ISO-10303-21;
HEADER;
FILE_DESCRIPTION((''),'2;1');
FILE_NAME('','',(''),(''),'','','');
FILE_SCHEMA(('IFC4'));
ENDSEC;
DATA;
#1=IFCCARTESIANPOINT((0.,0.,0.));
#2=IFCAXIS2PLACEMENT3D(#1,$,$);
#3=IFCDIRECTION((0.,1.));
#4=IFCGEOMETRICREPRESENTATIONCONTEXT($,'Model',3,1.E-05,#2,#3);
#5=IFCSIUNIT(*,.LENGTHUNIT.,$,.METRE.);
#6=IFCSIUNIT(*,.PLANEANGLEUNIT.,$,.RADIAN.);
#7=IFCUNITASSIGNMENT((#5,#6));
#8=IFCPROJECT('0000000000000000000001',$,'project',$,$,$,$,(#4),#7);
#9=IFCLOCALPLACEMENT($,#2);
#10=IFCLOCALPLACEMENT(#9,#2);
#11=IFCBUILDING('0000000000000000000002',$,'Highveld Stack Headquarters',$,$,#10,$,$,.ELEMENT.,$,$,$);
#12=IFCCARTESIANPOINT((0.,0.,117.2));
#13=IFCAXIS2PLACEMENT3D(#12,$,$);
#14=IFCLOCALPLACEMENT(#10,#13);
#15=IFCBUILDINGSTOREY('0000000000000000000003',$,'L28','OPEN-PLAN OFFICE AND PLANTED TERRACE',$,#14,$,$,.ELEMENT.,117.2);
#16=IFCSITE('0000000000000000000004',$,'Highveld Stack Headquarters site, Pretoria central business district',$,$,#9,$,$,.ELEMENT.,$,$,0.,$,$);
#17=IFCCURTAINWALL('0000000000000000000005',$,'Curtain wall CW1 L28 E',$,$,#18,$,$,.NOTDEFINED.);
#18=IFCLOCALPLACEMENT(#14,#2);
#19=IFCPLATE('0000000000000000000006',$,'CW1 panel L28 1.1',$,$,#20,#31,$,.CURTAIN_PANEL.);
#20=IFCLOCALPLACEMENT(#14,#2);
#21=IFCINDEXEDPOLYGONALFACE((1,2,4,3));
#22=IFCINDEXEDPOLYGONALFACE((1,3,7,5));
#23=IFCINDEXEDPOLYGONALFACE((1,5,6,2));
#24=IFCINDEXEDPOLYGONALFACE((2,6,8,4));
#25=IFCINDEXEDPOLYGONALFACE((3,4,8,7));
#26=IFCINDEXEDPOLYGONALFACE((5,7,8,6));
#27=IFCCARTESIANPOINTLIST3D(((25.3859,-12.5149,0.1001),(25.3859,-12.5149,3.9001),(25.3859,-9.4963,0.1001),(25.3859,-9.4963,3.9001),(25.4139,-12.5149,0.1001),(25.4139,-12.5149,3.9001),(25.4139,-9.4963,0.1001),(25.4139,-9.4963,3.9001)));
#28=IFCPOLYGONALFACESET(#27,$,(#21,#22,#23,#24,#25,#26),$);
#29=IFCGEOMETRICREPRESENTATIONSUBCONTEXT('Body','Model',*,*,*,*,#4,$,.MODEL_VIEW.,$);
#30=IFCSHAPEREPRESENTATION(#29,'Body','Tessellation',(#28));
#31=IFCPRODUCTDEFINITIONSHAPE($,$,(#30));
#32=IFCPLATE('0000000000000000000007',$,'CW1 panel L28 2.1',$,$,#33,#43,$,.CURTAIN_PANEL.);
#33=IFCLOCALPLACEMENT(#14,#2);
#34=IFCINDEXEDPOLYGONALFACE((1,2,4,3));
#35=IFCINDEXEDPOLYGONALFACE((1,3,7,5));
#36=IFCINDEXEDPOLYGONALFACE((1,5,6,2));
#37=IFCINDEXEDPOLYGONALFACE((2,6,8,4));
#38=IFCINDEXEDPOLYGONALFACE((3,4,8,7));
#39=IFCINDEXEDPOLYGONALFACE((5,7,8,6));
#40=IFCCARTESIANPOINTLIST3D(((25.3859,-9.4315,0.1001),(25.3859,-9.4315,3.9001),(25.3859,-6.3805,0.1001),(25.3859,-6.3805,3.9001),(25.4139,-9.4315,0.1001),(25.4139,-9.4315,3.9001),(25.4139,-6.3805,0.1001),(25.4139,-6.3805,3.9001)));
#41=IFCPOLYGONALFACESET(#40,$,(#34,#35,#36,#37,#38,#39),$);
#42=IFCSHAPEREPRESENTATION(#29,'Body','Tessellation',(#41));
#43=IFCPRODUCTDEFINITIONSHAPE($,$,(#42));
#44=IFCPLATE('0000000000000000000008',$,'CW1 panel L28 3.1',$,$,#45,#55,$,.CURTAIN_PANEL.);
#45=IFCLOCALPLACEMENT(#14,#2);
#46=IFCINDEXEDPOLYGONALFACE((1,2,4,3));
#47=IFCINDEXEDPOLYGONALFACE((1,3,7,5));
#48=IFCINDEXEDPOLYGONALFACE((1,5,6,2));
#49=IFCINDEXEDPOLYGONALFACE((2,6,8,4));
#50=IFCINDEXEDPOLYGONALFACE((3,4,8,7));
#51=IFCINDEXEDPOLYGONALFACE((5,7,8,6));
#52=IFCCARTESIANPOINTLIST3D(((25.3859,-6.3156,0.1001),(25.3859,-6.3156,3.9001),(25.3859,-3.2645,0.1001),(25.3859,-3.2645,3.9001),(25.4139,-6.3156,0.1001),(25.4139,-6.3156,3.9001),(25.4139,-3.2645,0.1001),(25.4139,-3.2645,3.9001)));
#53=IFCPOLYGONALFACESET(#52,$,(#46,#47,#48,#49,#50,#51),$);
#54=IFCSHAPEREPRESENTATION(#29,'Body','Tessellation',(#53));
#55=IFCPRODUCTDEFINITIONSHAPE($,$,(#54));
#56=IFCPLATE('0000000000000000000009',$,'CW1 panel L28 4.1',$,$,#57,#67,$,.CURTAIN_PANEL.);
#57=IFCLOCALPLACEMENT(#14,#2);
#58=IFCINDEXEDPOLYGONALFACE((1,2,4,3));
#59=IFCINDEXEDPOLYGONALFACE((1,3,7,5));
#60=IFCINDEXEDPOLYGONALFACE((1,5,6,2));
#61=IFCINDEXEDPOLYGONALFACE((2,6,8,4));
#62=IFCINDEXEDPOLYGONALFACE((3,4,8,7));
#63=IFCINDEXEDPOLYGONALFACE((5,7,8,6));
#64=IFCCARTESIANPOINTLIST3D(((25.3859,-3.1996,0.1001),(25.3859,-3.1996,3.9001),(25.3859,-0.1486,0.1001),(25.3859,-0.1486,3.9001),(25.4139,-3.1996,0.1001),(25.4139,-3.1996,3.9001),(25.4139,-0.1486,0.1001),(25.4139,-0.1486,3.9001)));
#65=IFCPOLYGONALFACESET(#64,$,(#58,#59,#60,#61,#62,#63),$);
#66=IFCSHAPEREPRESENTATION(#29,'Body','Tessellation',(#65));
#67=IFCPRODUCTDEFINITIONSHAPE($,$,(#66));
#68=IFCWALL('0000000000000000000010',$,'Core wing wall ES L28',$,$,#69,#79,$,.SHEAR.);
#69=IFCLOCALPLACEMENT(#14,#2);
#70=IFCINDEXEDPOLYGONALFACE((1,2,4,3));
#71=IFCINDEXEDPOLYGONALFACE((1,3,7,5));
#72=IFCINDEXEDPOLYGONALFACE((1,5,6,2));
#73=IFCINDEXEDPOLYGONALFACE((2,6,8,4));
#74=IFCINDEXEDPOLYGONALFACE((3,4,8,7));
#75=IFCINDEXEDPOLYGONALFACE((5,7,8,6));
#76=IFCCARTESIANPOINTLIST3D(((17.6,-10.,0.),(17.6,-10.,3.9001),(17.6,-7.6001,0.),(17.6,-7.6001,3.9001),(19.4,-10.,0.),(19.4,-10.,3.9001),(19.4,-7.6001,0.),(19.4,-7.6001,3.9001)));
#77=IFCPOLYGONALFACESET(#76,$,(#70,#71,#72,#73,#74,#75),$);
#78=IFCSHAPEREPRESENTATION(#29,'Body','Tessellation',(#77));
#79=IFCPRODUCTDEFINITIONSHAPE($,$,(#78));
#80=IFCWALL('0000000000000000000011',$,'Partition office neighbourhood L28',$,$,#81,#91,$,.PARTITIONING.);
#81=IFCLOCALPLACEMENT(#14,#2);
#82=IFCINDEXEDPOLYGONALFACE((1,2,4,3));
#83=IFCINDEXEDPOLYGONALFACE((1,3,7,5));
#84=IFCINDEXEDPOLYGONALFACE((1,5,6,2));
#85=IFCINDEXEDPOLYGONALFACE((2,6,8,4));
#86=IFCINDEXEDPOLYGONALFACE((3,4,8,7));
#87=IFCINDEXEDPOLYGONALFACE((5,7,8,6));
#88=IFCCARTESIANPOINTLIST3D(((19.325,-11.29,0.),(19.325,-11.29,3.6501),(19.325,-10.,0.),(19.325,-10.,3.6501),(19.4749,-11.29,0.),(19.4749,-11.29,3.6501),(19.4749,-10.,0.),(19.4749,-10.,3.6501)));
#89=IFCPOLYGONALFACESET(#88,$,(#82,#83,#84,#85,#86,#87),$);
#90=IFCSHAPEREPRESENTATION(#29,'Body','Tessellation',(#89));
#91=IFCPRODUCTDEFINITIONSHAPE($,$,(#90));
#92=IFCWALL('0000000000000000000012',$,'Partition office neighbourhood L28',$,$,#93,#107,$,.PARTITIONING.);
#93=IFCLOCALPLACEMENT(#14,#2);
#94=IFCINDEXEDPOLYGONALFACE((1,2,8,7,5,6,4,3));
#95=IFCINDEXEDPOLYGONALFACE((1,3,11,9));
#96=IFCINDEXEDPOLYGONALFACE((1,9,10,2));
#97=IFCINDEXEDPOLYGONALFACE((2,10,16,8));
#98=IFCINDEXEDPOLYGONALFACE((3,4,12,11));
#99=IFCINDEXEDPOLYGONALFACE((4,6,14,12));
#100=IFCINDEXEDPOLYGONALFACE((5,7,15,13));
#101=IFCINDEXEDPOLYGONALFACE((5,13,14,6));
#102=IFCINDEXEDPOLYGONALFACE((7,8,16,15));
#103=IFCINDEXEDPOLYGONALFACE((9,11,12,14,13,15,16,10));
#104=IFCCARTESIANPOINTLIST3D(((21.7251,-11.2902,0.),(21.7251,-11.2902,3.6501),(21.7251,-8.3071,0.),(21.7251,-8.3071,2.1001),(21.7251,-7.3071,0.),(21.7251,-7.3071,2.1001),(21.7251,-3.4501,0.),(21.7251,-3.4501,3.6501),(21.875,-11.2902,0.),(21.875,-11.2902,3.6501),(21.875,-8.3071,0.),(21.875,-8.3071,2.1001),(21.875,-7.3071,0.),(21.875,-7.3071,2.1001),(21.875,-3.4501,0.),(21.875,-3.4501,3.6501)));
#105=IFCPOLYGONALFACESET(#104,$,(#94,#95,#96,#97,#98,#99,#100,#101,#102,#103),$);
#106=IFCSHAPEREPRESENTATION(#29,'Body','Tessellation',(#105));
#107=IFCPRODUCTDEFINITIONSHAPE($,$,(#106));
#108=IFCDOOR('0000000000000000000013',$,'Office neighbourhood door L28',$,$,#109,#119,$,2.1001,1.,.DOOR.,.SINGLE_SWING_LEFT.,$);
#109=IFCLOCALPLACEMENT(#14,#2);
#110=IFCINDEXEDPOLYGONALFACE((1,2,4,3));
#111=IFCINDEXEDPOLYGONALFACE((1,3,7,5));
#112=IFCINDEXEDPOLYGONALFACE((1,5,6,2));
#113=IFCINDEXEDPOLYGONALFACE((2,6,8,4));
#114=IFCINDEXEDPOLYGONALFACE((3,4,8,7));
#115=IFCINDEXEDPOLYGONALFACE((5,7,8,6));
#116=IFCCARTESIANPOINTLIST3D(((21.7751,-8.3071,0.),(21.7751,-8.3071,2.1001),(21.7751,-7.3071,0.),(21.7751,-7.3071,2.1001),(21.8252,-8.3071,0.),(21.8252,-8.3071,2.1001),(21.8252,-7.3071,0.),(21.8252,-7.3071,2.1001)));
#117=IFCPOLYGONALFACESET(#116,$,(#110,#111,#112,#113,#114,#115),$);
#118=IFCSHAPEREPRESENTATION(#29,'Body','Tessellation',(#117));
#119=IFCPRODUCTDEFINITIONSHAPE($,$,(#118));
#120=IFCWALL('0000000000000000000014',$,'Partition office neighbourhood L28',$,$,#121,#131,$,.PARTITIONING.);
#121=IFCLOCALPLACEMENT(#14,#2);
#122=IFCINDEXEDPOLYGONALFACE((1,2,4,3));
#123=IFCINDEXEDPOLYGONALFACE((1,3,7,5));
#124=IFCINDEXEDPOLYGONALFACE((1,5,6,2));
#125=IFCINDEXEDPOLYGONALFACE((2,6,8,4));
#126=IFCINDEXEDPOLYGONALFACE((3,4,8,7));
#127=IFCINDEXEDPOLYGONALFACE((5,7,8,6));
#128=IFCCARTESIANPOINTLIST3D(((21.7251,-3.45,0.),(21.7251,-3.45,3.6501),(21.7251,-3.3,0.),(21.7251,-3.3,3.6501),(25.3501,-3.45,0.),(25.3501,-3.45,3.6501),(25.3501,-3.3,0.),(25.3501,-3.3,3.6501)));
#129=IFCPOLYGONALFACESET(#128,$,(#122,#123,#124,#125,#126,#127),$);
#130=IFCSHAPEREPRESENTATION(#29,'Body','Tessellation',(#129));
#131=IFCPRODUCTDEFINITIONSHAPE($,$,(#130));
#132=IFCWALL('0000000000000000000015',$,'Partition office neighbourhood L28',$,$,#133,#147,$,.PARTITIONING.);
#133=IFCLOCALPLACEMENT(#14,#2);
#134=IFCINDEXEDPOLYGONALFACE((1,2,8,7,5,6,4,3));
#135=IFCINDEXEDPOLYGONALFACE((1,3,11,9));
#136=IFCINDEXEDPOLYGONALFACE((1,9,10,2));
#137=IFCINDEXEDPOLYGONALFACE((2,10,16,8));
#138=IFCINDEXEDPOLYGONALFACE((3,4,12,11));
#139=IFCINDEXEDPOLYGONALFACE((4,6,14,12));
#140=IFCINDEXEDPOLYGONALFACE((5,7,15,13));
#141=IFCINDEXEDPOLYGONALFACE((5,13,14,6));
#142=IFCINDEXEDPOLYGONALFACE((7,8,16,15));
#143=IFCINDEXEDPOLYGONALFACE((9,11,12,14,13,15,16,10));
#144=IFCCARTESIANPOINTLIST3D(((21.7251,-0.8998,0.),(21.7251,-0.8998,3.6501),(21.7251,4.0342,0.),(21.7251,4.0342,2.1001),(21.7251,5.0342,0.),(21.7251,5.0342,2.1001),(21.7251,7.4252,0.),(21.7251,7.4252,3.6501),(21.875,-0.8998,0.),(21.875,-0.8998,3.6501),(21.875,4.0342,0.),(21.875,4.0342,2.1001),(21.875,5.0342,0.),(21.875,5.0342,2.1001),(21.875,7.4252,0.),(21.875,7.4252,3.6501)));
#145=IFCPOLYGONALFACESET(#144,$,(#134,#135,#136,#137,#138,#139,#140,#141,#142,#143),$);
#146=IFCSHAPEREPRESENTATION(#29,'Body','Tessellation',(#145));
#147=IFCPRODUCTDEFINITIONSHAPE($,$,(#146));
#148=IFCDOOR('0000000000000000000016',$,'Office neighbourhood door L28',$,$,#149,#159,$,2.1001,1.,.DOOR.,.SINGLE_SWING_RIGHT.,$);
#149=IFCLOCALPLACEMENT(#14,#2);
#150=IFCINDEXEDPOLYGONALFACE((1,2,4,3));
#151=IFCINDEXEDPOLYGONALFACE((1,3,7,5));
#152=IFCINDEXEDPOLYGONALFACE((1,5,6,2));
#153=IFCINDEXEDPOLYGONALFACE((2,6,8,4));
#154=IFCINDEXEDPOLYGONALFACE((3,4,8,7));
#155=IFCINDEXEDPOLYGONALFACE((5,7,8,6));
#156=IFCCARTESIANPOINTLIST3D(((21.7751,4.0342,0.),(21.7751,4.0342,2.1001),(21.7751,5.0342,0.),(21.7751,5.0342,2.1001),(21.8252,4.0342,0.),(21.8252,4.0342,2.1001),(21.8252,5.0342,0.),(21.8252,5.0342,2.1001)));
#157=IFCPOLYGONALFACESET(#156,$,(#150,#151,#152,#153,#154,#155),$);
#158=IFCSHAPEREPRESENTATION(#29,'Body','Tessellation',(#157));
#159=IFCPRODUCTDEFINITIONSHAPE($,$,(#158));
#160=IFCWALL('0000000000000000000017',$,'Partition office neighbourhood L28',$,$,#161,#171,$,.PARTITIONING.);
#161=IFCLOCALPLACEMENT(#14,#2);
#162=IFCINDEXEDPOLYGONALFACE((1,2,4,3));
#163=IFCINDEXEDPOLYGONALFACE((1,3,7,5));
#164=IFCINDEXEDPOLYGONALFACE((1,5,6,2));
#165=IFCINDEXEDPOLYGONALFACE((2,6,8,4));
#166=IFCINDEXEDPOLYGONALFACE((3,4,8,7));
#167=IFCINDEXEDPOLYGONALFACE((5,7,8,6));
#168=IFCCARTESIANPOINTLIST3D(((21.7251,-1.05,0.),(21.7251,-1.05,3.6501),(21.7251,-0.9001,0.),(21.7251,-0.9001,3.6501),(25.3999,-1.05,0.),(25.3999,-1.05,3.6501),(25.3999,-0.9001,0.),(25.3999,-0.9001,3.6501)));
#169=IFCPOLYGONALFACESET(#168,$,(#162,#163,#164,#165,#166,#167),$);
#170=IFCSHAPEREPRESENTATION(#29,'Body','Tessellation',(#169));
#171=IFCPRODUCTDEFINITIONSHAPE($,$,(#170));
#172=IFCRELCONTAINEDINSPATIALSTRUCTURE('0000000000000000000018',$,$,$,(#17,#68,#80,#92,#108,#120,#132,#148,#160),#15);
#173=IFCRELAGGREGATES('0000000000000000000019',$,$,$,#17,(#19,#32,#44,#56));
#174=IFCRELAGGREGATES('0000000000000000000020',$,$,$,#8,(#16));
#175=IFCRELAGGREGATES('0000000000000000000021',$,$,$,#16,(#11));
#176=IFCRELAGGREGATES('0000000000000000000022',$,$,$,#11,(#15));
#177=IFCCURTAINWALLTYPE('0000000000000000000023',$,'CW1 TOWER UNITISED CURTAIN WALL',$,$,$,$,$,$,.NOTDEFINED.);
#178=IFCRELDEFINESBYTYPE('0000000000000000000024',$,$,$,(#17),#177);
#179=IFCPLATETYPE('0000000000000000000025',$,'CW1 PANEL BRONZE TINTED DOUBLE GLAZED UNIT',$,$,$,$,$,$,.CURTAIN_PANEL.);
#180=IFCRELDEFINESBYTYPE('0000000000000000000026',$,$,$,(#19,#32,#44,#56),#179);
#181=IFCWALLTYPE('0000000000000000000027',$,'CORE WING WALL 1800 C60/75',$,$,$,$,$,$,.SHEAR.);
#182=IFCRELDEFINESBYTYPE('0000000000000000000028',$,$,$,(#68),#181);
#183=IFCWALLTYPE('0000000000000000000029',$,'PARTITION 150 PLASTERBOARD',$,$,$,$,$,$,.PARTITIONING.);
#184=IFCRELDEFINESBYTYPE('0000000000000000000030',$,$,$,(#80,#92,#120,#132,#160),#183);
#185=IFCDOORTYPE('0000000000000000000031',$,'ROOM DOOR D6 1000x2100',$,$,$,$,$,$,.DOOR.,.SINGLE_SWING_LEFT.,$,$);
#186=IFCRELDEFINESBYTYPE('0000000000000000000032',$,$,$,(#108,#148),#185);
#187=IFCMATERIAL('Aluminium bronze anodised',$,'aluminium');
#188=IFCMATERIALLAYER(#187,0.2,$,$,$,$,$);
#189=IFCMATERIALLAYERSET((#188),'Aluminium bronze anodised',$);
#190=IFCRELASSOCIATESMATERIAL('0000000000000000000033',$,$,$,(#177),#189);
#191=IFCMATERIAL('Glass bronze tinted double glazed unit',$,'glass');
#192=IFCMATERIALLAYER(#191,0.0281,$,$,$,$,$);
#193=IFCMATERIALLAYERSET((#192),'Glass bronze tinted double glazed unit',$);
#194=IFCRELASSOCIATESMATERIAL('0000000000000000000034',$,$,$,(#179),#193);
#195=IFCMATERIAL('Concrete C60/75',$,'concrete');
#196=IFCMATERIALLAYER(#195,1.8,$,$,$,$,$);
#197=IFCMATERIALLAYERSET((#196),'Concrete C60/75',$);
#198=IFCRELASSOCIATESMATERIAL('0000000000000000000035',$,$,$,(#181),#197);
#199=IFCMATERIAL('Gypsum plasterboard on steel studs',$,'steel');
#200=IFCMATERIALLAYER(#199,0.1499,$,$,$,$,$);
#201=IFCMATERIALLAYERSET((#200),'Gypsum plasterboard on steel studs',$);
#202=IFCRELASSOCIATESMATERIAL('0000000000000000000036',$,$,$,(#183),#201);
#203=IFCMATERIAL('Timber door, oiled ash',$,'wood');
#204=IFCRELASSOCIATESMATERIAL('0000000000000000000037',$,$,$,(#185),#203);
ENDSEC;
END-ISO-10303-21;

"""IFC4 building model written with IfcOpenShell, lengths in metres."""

from ifc_helpers import new_model, si_unit, direction, frame, frame_2d, origin, origin_2d, place, context, subcontext, project, spatial, rectangle, extrude, material, layer, layer_set, type_object, element, fill, aggregate, save


model = new_model("IFC4")

# Units and contexts
model_context = context("Model", 3, precision=1e-05, world=origin(), true_north=direction((0.0, 1.0)))
body_context = subcontext(model_context, "Body", "Model", "MODEL_VIEW")
ifc_project = project(units=[si_unit("LENGTHUNIT", "METRE"), si_unit("PLANEANGLEUNIT", "RADIAN")], contexts=[model_context])

# Site, building, storey
site_placement = place(None, origin())
site = spatial("IfcSite", under=ifc_project, at=site_placement, Name="Highveld Stack Headquarters site, Pretoria central business district", CompositionType="ELEMENT", RefElevation=0.0)
building_placement = place(site_placement, origin())
building = spatial("IfcBuilding", under=site, at=building_placement, Name="Highveld Stack Headquarters", CompositionType="ELEMENT")
storey_placement = place(building_placement, frame((0.0, 0.0, 117.2)))
storey = spatial("IfcBuildingStorey", under=building, at=storey_placement, Name="L28", Description="OPEN-PLAN OFFICE AND PLANTED TERRACE", CompositionType="ELEMENT", Elevation=117.2)

# Curtain wall
ifc_material_1 = material(Name="Aluminium bronze anodised", Category="aluminium")
ifc_layer_1 = layer(ifc_material_1, 0.2)
ifc_layer_set_1 = layer_set([ifc_layer_1], Name="Aluminium bronze anodised")
curtain_wall_type = type_object("IfcCurtainWallType", Name="CW1 TOWER UNITISED CURTAIN WALL", PredefinedType="NOTDEFINED", material=ifc_layer_set_1)
curtain_wall_placement = place(storey_placement, origin())
curtain_wall = element("IfcCurtainWall", 1, at=curtain_wall_placement, inside=storey, type_object=curtain_wall_type, Name="Curtain wall CW1 L28 E", PredefinedType="NOTDEFINED")

# Plates
ifc_material_2 = material(Name="Glass bronze tinted double glazed unit", Category="glass")
ifc_layer_2 = layer(ifc_material_2, 0.0281)
ifc_layer_set_2 = layer_set([ifc_layer_2], Name="Glass bronze tinted double glazed unit")
plate_type = type_object("IfcPlateType", Name="CW1 PANEL BRONZE TINTED DOUBLE GLAZED UNIT", PredefinedType="CURTAIN_PANEL", material=ifc_layer_set_2)
plate_1_placement = place(storey_placement, frame((25.3999, -11.0056, 0.1001), z_axis=(0.0, 0.0, 1.0), x_axis=(0.0, 1.0, 0.0)))
plate_1 = element("IfcPlate", 2, at=plate_1_placement, type_object=plate_type, Name="CW1 panel L28 1.1", PredefinedType="CURTAIN_PANEL", context=body_context, shape_type="SweptSolid", body=[
    extrude(rectangle(XDim=3.0186, YDim=0.0281, at=origin_2d()), origin(), (0.0, 0.0, 1.0), 3.8),
])
plate_2_placement = place(storey_placement, frame((25.3999, -7.906, 0.1001), z_axis=(0.0, 0.0, 1.0), x_axis=(0.0, 1.0, 0.0)))
plate_2 = element("IfcPlate", 3, at=plate_2_placement, type_object=plate_type, Name="CW1 panel L28 2.1", PredefinedType="CURTAIN_PANEL", context=body_context, shape_type="SweptSolid", body=[
    extrude(rectangle(XDim=3.051, YDim=0.0281, at=origin_2d()), origin(), (0.0, 0.0, 1.0), 3.8),
])
plate_3_placement = place(storey_placement, frame((25.3999, -4.79, 0.1001), z_axis=(0.0, 0.0, 1.0), x_axis=(0.0, 1.0, 0.0)))
plate_3 = element("IfcPlate", 4, at=plate_3_placement, type_object=plate_type, Name="CW1 panel L28 3.1", PredefinedType="CURTAIN_PANEL", context=body_context, shape_type="SweptSolid", body=[
    extrude(rectangle(XDim=3.051, YDim=0.0281, at=origin_2d()), origin(), (0.0, 0.0, 1.0), 3.8),
])
plate_4_placement = place(storey_placement, frame((25.3999, -1.6741, 0.1001), z_axis=(0.0, 0.0, 1.0), x_axis=(0.0, 1.0, 0.0)))
plate_4 = element("IfcPlate", 5, at=plate_4_placement, type_object=plate_type, Name="CW1 panel L28 4.1", PredefinedType="CURTAIN_PANEL", context=body_context, shape_type="SweptSolid", body=[
    extrude(rectangle(XDim=3.051, YDim=0.0281, at=origin_2d()), origin(), (0.0, 0.0, 1.0), 3.8),
])
aggregate(curtain_wall, [plate_1, plate_2, plate_3, plate_4])

# Walls
ifc_material_3 = material(Name="Concrete C60/75", Category="concrete")
ifc_layer_3 = layer(ifc_material_3, 1.8)
ifc_layer_set_3 = layer_set([ifc_layer_3], Name="Concrete C60/75")
wall_type_1 = type_object("IfcWallType", Name="CORE WING WALL 1800 C60/75", PredefinedType="SHEAR", material=ifc_layer_set_3)
wall_1_placement = place(storey_placement, frame((18.5, -10.0, 0.0), z_axis=(0.0, 0.0, 1.0), x_axis=(0.0, 1.0, 0.0)))
element("IfcWall", 6, at=wall_1_placement, inside=storey, type_object=wall_type_1, Name="Core wing wall ES L28", PredefinedType="SHEAR", context=body_context, shape_type="SweptSolid", body=[
    extrude(rectangle(XDim=2.3999, YDim=1.8, at=frame_2d((1.2, 0.0))), origin(), (0.0, 0.0, 1.0), 3.9001),
])
ifc_material_4 = material(Name="Gypsum plasterboard on steel studs", Category="steel")
ifc_layer_4 = layer(ifc_material_4, 0.1499)
ifc_layer_set_4 = layer_set([ifc_layer_4], Name="Gypsum plasterboard on steel studs")
wall_type_2 = type_object("IfcWallType", Name="PARTITION 150 PLASTERBOARD", PredefinedType="PARTITIONING", material=ifc_layer_set_4)
wall_2_placement = place(storey_placement, frame((19.3999, -11.29, 0.0), z_axis=(0.0, 0.0, 1.0), x_axis=(0.0, 1.0, 0.0)))
element("IfcWall", 7, at=wall_2_placement, inside=storey, type_object=wall_type_2, Name="Partition office neighbourhood L28", PredefinedType="PARTITIONING", context=body_context, shape_type="SweptSolid", body=[
    extrude(rectangle(XDim=1.29, YDim=0.1499, at=frame_2d((0.645, 0.0))), origin(), (0.0, 0.0, 1.0), 3.6501),
])

# Wall, opening, door
wall_3_placement = place(storey_placement, frame((21.8, -11.29, 0.0), z_axis=(0.0, 0.0, 1.0), x_axis=(0.0, 1.0, 0.0)))
wall_3 = element("IfcWall", 8, at=wall_3_placement, inside=storey, type_object=wall_type_2, Name="Partition office neighbourhood L28", PredefinedType="PARTITIONING", context=body_context, shape_type="SweptSolid", body=[
    extrude(rectangle(XDim=7.8401, YDim=0.1499, at=frame_2d((3.9199, 0.0))), origin(), (0.0, 0.0, 1.0), 3.6501),
])
opening_1_placement = place(wall_3_placement, frame((2.9829, 0.0, 0.0)))
opening_1 = element("IfcOpeningElement", 9, at=opening_1_placement, cuts=wall_3, PredefinedType="OPENING", context=body_context, shape_type="SweptSolid", body=[
    extrude(rectangle(XDim=1.0, YDim=2.1001, at=frame_2d((0.5, 1.05))), frame((0.0, 0.085, 0.0), z_axis=(0.0, -1.0, 0.0), x_axis=(1.0, 0.0, 0.0)), (0.0, 0.0, 1.0), 0.1699),
])
ifc_material_5 = material(Name="Timber door, oiled ash", Category="wood")
door_type_1 = type_object("IfcDoorType", Name="ROOM DOOR D6 1000x2100", OperationType="SINGLE_SWING_LEFT", PredefinedType="DOOR", material=ifc_material_5)
door_1_placement = place(opening_1_placement, origin())
door_1 = element("IfcDoor", 10, at=door_1_placement, inside=storey, type_object=door_type_1, Name="Office neighbourhood door L28", OperationType="SINGLE_SWING_LEFT", OverallHeight=2.1001, OverallWidth=1.0, PredefinedType="DOOR", context=body_context, shape_type="SweptSolid", body=[
    extrude(rectangle(XDim=1.0, YDim=2.1001, at=frame_2d((0.5, 1.05))), frame((0.0, 0.0249, 0.0), z_axis=(0.0, -1.0, 0.0), x_axis=(1.0, 0.0, 0.0)), (0.0, 0.0, 1.0), 0.05),
])
fill(opening_1, door_1)

# Wall
wall_4_placement = place(storey_placement, frame((21.7251, -3.375, 0.0), z_axis=(0.0, 0.0, 1.0), x_axis=(1.0, 0.0, 0.0)))
element("IfcWall", 11, at=wall_4_placement, inside=storey, type_object=wall_type_2, Name="Partition office neighbourhood L28", PredefinedType="PARTITIONING", context=body_context, shape_type="SweptSolid", body=[
    extrude(rectangle(XDim=3.625, YDim=0.1499, at=frame_2d((1.8125, 0.0))), origin(), (0.0, 0.0, 1.0), 3.6501),
])

# Wall, opening, door
wall_5_placement = place(storey_placement, frame((21.8, -0.8999, 0.0), z_axis=(0.0, 0.0, 1.0), x_axis=(0.0, 1.0, 0.0)))
wall_5 = element("IfcWall", 12, at=wall_5_placement, inside=storey, type_object=wall_type_2, Name="Partition office neighbourhood L28", PredefinedType="PARTITIONING", context=body_context, shape_type="SweptSolid", body=[
    extrude(rectangle(XDim=8.325, YDim=0.1499, at=frame_2d((4.1626, 0.0))), origin(), (0.0, 0.0, 1.0), 3.6501),
])
opening_2_placement = place(wall_5_placement, frame((4.9341, 0.0, 0.0)))
opening_2 = element("IfcOpeningElement", 13, at=opening_2_placement, cuts=wall_5, PredefinedType="OPENING", context=body_context, shape_type="SweptSolid", body=[
    extrude(rectangle(XDim=1.0, YDim=2.1001, at=frame_2d((0.5, 1.05))), frame((0.0, 0.085, 0.0), z_axis=(0.0, -1.0, 0.0), x_axis=(1.0, 0.0, 0.0)), (0.0, 0.0, 1.0), 0.1699),
])
door_2_placement = place(opening_2_placement, origin())
door_2 = element("IfcDoor", 14, at=door_2_placement, inside=storey, type_object=door_type_1, Name="Office neighbourhood door L28", OperationType="SINGLE_SWING_RIGHT", OverallHeight=2.1001, OverallWidth=1.0, PredefinedType="DOOR", context=body_context, shape_type="SweptSolid", body=[
    extrude(rectangle(XDim=1.0, YDim=2.1001, at=frame_2d((0.5, 1.05))), frame((0.0, 0.0249, 0.0), z_axis=(0.0, -1.0, 0.0), x_axis=(1.0, 0.0, 0.0)), (0.0, 0.0, 1.0), 0.05),
])
fill(opening_2, door_2)

# Wall
wall_6_placement = place(storey_placement, frame((21.7251, -0.9751, 0.0), z_axis=(0.0, 0.0, 1.0), x_axis=(1.0, 0.0, 0.0)))
element("IfcWall", 15, at=wall_6_placement, inside=storey, type_object=wall_type_2, Name="Partition office neighbourhood L28", PredefinedType="PARTITIONING", context=body_context, shape_type="SweptSolid", body=[
    extrude(rectangle(XDim=3.6748, YDim=0.1499, at=frame_2d((1.8374, 0.0))), origin(), (0.0, 0.0, 1.0), 3.6501),
])

save(model, "model.ifc")
